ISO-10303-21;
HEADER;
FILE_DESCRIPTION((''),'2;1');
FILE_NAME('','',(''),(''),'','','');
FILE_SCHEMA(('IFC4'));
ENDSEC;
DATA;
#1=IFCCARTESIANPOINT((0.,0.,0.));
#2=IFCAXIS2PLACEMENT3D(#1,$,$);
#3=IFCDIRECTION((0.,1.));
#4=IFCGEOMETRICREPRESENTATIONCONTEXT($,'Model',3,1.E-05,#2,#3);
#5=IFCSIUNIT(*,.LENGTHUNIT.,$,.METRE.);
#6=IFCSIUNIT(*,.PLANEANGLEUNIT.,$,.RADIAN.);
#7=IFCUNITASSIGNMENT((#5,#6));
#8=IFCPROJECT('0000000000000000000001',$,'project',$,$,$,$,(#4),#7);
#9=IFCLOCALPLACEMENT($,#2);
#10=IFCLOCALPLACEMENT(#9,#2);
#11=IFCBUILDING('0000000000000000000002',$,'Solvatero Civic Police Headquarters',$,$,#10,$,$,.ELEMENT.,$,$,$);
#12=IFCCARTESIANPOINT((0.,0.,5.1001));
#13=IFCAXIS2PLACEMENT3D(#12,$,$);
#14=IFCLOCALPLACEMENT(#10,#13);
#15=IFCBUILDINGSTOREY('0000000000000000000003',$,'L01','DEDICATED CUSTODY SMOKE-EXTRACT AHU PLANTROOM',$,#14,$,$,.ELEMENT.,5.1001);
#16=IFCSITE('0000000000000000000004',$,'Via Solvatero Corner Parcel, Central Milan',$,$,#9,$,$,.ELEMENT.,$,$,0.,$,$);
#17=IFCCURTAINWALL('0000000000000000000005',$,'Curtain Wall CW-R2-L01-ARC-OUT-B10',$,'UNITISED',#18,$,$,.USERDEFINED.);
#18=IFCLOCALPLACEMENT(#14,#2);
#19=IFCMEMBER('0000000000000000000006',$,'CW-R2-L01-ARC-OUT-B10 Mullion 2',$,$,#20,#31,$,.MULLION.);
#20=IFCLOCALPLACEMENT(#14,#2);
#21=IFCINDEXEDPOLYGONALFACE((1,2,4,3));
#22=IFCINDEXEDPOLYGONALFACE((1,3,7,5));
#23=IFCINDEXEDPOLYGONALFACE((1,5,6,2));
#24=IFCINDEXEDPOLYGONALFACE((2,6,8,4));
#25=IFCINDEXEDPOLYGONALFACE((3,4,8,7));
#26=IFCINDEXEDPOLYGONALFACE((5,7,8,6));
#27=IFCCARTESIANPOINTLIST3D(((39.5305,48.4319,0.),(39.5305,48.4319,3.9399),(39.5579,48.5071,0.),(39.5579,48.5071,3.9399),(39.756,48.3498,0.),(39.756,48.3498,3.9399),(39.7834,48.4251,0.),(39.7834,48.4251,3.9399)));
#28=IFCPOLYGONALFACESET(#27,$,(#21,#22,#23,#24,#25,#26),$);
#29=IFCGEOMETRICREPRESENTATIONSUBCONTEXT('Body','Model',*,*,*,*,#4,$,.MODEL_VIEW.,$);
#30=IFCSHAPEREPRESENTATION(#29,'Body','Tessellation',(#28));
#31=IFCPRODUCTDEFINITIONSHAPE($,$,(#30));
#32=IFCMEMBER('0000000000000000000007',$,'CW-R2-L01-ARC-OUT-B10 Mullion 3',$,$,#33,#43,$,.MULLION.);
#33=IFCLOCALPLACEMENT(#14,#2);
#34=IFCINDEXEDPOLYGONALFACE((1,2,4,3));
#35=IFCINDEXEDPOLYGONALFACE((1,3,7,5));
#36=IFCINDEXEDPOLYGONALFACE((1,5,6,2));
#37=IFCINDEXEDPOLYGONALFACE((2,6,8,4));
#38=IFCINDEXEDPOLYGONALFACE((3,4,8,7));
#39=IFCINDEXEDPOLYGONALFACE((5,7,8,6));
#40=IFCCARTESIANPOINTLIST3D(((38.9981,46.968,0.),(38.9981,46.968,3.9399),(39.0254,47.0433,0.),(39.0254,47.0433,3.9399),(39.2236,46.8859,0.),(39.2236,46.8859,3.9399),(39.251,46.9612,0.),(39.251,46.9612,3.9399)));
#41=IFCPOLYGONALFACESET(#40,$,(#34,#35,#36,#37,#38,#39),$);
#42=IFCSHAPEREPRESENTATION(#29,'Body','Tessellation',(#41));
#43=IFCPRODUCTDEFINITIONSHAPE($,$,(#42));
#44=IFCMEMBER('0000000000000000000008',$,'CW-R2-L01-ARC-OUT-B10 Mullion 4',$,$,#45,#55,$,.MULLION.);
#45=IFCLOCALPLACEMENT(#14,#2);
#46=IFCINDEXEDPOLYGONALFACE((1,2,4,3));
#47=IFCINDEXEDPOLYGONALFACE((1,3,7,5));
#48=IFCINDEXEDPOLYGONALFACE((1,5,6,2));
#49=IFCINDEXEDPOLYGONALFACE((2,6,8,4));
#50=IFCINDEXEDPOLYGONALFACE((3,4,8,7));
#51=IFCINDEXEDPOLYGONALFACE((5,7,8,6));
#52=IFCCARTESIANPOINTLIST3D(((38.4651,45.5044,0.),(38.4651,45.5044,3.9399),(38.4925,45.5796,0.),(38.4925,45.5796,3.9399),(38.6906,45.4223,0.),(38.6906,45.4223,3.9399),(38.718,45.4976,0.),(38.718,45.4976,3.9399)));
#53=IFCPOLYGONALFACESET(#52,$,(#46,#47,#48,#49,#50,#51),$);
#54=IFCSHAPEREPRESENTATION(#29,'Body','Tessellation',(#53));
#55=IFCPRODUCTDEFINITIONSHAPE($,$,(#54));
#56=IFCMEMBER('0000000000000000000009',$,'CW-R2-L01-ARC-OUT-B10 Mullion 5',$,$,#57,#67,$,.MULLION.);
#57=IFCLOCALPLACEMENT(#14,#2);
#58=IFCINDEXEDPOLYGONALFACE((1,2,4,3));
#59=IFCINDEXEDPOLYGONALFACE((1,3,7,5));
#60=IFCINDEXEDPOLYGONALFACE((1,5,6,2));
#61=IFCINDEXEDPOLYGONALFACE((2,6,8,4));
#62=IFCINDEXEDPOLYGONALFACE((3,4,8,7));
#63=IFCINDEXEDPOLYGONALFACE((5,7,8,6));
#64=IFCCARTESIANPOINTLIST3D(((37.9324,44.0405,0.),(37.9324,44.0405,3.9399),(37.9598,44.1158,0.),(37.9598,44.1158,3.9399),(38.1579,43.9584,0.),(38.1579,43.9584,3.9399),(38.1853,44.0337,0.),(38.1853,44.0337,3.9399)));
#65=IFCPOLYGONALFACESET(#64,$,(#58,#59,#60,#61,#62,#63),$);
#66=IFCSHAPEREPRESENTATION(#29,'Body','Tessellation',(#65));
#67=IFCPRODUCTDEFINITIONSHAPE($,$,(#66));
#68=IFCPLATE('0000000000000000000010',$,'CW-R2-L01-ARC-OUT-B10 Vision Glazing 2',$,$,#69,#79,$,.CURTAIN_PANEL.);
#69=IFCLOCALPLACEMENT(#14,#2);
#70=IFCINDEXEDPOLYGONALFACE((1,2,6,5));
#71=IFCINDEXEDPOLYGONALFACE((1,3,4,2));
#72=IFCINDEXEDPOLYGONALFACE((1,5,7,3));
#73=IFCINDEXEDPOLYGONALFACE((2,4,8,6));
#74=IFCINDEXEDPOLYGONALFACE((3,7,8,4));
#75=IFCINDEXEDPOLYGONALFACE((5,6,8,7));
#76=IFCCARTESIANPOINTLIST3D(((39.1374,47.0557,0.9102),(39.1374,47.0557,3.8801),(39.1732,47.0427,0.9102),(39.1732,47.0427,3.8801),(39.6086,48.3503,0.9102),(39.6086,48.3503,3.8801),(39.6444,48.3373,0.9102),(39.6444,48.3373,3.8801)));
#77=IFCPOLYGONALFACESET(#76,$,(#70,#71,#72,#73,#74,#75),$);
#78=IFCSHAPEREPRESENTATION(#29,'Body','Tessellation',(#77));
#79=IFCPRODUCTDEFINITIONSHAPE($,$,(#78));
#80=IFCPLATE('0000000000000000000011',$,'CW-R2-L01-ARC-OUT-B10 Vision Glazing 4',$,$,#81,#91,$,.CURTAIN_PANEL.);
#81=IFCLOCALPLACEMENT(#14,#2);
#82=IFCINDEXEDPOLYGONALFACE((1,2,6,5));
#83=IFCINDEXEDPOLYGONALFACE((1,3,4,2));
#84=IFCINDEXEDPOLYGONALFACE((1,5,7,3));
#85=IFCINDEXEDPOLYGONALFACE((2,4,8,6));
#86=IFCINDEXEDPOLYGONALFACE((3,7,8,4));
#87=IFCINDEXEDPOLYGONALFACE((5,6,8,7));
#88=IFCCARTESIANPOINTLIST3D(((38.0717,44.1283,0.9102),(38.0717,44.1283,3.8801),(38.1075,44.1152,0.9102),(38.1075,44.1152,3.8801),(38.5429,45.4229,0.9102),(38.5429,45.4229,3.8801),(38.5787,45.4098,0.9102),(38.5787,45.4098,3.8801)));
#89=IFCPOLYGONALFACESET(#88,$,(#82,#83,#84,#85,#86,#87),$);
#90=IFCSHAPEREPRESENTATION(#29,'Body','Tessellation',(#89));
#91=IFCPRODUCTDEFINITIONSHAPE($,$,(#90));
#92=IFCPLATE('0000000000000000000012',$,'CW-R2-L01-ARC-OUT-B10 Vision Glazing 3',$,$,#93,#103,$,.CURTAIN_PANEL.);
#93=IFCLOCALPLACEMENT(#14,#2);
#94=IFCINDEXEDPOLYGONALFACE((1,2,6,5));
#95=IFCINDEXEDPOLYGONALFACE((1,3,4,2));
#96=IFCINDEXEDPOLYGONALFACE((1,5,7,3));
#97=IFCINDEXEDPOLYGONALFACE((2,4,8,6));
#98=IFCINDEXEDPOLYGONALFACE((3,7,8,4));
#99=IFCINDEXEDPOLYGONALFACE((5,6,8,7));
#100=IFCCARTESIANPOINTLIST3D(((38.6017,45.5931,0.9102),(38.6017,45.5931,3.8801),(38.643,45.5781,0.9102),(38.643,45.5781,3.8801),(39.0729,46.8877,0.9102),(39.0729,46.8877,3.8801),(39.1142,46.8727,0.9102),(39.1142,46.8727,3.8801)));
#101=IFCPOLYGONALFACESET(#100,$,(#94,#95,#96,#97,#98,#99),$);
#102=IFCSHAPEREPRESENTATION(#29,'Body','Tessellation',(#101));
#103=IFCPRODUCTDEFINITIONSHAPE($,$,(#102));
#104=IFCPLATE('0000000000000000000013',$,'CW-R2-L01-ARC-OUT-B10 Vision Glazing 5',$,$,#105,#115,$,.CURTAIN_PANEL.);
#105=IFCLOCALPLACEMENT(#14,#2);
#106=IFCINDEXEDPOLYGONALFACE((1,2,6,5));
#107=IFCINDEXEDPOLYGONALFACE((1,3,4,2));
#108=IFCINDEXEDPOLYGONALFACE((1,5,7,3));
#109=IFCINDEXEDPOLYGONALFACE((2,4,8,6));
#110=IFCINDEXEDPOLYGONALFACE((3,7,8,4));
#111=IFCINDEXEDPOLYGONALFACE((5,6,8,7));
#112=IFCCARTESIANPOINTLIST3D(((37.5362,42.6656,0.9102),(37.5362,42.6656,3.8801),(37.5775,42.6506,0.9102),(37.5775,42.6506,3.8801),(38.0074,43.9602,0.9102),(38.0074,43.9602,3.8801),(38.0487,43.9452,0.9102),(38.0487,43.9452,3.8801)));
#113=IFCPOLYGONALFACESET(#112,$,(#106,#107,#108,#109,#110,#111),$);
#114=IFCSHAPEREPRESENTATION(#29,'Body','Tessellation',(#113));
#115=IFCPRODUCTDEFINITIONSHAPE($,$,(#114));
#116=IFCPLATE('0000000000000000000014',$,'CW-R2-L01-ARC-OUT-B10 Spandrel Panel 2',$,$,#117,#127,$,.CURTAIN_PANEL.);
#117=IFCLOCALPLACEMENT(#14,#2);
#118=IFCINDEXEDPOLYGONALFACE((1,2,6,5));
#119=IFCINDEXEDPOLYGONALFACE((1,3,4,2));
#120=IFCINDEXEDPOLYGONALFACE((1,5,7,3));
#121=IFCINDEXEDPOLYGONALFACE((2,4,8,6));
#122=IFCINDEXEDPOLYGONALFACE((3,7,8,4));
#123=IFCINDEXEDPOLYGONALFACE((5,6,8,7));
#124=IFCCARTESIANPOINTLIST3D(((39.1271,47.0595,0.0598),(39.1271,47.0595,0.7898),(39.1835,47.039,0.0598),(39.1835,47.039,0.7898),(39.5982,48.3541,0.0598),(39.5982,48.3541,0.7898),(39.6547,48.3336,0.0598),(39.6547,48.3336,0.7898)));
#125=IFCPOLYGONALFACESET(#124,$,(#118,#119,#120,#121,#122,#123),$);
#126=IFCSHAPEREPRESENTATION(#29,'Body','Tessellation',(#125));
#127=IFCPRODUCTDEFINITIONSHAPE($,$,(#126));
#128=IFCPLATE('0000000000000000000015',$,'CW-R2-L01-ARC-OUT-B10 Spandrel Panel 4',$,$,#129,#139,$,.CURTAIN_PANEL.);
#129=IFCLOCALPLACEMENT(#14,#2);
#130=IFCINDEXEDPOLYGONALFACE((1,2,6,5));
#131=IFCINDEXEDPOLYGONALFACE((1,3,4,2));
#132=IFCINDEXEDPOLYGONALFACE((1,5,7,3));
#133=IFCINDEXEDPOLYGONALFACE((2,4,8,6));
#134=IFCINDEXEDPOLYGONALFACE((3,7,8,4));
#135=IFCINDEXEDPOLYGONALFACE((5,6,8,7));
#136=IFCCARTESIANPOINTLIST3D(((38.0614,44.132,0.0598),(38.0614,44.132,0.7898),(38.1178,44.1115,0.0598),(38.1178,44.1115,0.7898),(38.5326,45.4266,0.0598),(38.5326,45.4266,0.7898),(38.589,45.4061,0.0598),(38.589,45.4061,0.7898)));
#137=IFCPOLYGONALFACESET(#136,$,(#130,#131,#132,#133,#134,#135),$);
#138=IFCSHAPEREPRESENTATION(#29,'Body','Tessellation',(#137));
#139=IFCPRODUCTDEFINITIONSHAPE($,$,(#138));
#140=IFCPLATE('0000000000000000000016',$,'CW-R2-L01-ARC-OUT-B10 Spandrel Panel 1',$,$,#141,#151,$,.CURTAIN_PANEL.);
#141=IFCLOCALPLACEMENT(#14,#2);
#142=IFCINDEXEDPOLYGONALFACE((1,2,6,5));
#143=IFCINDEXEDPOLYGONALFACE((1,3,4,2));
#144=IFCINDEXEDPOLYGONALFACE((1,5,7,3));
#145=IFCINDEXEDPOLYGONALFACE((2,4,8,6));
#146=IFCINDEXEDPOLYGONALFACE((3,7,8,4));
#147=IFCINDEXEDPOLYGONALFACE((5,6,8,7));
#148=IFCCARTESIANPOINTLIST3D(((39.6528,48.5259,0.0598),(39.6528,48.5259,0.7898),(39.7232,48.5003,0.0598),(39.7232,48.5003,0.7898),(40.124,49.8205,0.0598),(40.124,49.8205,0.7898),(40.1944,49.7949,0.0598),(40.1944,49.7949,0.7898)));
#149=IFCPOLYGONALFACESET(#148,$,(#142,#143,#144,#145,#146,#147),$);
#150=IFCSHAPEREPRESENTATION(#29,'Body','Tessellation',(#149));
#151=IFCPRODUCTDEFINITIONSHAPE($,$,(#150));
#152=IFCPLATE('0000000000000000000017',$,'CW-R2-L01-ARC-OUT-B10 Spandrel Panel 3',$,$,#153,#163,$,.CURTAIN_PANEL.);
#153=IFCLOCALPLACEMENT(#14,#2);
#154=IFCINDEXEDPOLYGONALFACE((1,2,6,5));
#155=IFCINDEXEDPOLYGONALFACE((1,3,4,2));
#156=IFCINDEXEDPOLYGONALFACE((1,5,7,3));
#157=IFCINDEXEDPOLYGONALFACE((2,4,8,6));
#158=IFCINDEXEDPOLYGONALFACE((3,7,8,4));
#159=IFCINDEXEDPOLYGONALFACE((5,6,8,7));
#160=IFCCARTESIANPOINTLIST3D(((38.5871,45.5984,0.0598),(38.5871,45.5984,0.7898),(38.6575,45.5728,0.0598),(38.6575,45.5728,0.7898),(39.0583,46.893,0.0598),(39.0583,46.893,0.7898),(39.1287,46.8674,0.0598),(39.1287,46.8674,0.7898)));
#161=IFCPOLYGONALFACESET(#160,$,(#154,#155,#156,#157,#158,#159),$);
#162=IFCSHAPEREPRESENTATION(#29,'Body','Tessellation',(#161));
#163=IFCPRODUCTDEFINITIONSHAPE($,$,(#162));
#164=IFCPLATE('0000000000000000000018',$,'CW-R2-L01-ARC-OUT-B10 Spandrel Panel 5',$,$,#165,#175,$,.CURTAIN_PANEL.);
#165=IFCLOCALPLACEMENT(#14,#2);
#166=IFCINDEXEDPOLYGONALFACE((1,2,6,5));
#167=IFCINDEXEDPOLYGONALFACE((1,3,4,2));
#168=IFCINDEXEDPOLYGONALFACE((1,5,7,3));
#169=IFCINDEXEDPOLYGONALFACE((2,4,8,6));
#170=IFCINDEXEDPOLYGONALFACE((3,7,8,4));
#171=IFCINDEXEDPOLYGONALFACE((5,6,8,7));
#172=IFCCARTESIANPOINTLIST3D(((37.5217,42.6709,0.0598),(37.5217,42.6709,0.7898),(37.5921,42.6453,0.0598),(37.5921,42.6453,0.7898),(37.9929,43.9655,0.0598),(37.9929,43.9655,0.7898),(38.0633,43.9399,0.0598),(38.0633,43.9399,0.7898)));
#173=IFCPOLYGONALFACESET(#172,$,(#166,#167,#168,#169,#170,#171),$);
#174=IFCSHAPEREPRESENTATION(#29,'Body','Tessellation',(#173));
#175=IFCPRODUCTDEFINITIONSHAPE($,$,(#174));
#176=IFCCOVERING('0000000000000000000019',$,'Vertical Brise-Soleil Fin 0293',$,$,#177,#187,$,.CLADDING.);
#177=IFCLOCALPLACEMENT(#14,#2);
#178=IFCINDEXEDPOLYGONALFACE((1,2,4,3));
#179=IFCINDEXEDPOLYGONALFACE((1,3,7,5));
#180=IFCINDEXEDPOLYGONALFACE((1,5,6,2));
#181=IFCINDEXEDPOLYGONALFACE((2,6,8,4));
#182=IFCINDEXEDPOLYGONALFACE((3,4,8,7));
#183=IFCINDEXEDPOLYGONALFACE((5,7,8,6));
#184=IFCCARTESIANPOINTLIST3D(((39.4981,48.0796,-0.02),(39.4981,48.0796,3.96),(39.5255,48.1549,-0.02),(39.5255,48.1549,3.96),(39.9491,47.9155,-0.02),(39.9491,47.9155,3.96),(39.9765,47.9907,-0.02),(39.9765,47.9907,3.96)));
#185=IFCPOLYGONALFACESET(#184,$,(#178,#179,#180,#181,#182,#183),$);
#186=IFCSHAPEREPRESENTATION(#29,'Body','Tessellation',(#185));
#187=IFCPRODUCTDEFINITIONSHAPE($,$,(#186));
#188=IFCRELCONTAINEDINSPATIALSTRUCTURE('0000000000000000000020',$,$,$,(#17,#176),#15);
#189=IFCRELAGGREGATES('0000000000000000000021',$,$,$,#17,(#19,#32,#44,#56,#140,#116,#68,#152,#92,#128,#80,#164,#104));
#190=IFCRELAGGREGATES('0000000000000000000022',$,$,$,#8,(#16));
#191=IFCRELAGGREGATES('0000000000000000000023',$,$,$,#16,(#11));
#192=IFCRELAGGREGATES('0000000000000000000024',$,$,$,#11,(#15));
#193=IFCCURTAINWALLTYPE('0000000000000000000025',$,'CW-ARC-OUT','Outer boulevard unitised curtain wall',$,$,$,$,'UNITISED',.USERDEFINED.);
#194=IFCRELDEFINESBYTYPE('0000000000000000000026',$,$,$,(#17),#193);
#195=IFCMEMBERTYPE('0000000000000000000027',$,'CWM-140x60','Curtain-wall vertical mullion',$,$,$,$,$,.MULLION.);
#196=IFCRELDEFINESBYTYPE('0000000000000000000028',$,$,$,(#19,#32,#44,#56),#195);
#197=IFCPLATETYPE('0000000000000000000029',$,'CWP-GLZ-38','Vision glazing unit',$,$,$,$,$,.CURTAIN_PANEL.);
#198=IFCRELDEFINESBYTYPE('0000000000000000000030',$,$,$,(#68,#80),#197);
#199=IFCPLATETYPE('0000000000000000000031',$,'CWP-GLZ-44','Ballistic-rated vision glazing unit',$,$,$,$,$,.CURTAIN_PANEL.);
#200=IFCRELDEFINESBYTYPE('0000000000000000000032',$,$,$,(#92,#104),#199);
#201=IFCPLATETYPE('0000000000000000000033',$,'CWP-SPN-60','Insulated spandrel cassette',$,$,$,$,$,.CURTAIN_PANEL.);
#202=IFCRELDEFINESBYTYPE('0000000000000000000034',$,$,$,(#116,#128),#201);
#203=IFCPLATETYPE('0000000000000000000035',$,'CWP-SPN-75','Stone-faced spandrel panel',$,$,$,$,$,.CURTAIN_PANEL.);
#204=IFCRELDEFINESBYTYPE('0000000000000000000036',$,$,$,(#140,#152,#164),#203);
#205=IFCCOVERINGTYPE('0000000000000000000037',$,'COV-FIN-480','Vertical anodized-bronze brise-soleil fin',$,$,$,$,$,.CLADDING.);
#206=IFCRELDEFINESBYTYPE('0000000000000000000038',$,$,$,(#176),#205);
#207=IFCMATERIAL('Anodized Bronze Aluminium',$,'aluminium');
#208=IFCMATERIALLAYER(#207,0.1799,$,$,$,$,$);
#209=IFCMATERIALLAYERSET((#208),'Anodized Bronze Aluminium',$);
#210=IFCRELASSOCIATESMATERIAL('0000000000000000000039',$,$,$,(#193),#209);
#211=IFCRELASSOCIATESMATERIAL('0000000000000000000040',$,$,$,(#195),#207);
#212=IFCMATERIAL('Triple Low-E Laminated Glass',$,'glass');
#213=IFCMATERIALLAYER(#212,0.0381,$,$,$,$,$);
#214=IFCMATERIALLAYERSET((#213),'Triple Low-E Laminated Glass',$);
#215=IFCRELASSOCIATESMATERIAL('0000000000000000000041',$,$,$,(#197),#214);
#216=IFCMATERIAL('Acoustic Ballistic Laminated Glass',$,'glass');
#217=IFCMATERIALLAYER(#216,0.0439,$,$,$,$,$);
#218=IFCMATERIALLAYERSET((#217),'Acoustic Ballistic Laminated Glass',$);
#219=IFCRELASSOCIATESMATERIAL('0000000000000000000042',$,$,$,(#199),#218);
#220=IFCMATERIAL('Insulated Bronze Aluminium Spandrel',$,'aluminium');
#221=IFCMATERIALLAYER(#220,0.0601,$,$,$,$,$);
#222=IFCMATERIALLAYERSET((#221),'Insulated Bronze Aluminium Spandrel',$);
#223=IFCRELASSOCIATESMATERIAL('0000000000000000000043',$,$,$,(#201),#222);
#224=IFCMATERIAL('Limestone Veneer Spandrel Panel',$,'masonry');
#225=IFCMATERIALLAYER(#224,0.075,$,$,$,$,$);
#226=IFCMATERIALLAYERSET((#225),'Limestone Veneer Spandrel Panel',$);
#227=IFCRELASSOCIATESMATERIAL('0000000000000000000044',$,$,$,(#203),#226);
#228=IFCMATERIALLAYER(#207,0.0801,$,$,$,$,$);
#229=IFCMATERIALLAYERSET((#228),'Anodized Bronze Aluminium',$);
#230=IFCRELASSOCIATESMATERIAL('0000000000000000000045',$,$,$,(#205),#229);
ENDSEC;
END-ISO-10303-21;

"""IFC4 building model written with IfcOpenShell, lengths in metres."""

from ifc_helpers import new_model, si_unit, direction, frame, origin, origin_2d, place, context, subcontext, project, spatial, rectangle, extrude, material, layer, layer_set, material_profile, profile_set, type_object, element, aggregate, save


model = new_model("IFC4")

# Units and contexts
model_context = context("Model", 3, precision=1e-05, world=origin(), true_north=direction((0.0, 1.0)))
body_context = subcontext(model_context, "Body", "Model", "MODEL_VIEW")
ifc_project = project(units=[si_unit("LENGTHUNIT", "METRE"), si_unit("PLANEANGLEUNIT", "RADIAN")], contexts=[model_context])

# Site, building, storey
site_placement = place(None, origin())
site = spatial("IfcSite", under=ifc_project, at=site_placement, Name="Via Solvatero Corner Parcel, Central Milan", CompositionType="ELEMENT", RefElevation=0.0)
building_placement = place(site_placement, origin())
building = spatial("IfcBuilding", under=site, at=building_placement, Name="Solvatero Civic Police Headquarters", CompositionType="ELEMENT")
storey_placement = place(building_placement, frame((0.0, 0.0, 5.1001)))
storey = spatial("IfcBuildingStorey", under=building, at=storey_placement, Name="L01", Description="DEDICATED CUSTODY SMOKE-EXTRACT AHU PLANTROOM", CompositionType="ELEMENT", Elevation=5.1001)

# Curtain wall, members, plates
ifc_material_1 = material(Name="Anodized Bronze Aluminium", Category="aluminium")
ifc_layer_1 = layer(ifc_material_1, 0.1799)
ifc_layer_set_1 = layer_set([ifc_layer_1], Name="Anodized Bronze Aluminium")
curtain_wall_type = type_object("IfcCurtainWallType", Name="CW-ARC-OUT", Description="Outer boulevard unitised curtain wall", ElementType="UNITISED", PredefinedType="USERDEFINED", material=ifc_layer_set_1)
curtain_wall_placement = place(storey_placement, origin())
curtain_wall = element("IfcCurtainWall", 1, at=curtain_wall_placement, inside=storey, type_object=curtain_wall_type, Name="Curtain Wall CW-R2-L01-ARC-OUT-B10", ObjectType="UNITISED", PredefinedType="USERDEFINED")
ifc_material_profile = material_profile(ifc_material_1, rectangle(XDim=0.0801, YDim=0.24, at=origin_2d()), Name="ALU MULLION 80x240")
ifc_profile_set = profile_set([ifc_material_profile], Name="Anodized Bronze Aluminium")
member_type = type_object("IfcMemberType", Name="CWM-140x60", Description="Curtain-wall vertical mullion", PredefinedType="MULLION", material=ifc_profile_set)
member_1_placement = place(storey_placement, frame((39.657, 48.4285, 0.0), z_axis=(0.0, 0.0, 1.0), x_axis=(-0.34202, -0.939693, 0.0)))
member_1 = element("IfcMember", 2, at=member_1_placement, type_object=member_type, Name="CW-R2-L01-ARC-OUT-B10 Mullion 2", PredefinedType="MULLION", context=body_context, shape_type="SweptSolid", body=[
    extrude(rectangle(XDim=0.0801, YDim=0.24, at=origin_2d()), origin(), (0.0, 0.0, 1.0), 3.9399),
])
member_2_placement = place(storey_placement, frame((39.1245, 46.9646, 0.0), z_axis=(0.0, 0.0, 1.0), x_axis=(-0.34202, -0.939693, 0.0)))
member_2 = element("IfcMember", 3, at=member_2_placement, type_object=member_type, Name="CW-R2-L01-ARC-OUT-B10 Mullion 3", PredefinedType="MULLION", context=body_context, shape_type="SweptSolid", body=[
    extrude(rectangle(XDim=0.0801, YDim=0.24, at=origin_2d()), origin(), (0.0, 0.0, 1.0), 3.9399),
])
member_3_placement = place(storey_placement, frame((38.5916, 45.501, 0.0), z_axis=(0.0, 0.0, 1.0), x_axis=(-0.34202, -0.939693, 0.0)))
member_3 = element("IfcMember", 4, at=member_3_placement, type_object=member_type, Name="CW-R2-L01-ARC-OUT-B10 Mullion 4", PredefinedType="MULLION", context=body_context, shape_type="SweptSolid", body=[
    extrude(rectangle(XDim=0.0801, YDim=0.24, at=origin_2d()), origin(), (0.0, 0.0, 1.0), 3.9399),
])
member_4_placement = place(storey_placement, frame((38.0588, 44.0371, 0.0), z_axis=(0.0, 0.0, 1.0), x_axis=(-0.34202, -0.939693, 0.0)))
member_4 = element("IfcMember", 5, at=member_4_placement, type_object=member_type, Name="CW-R2-L01-ARC-OUT-B10 Mullion 5", PredefinedType="MULLION", context=body_context, shape_type="SweptSolid", body=[
    extrude(rectangle(XDim=0.0801, YDim=0.24, at=origin_2d()), origin(), (0.0, 0.0, 1.0), 3.9399),
])
ifc_material_2 = material(Name="Triple Low-E Laminated Glass", Category="glass")
ifc_layer_2 = layer(ifc_material_2, 0.0381)
ifc_layer_set_2 = layer_set([ifc_layer_2], Name="Triple Low-E Laminated Glass")
plate_type_1 = type_object("IfcPlateType", Name="CWP-GLZ-38", Description="Vision glazing unit", PredefinedType="CURTAIN_PANEL", material=ifc_layer_set_2)
plate_1_placement = place(storey_placement, frame((39.3909, 47.6965, 0.9102), z_axis=(0.0, 0.0, 1.0), x_axis=(-0.34202, -0.939693, 0.0)))
plate_1 = element("IfcPlate", 6, at=plate_1_placement, type_object=plate_type_1, Name="CW-R2-L01-ARC-OUT-B10 Vision Glazing 2", PredefinedType="CURTAIN_PANEL", context=body_context, shape_type="SweptSolid", body=[
    extrude(rectangle(XDim=1.3777, YDim=0.0381, at=origin_2d()), origin(), (0.0, 0.0, 1.0), 2.97),
])
plate_2_placement = place(storey_placement, frame((38.3252, 44.769, 0.9102), z_axis=(0.0, 0.0, 1.0), x_axis=(-0.34202, -0.939693, 0.0)))
plate_2 = element("IfcPlate", 7, at=plate_2_placement, type_object=plate_type_1, Name="CW-R2-L01-ARC-OUT-B10 Vision Glazing 4", PredefinedType="CURTAIN_PANEL", context=body_context, shape_type="SweptSolid", body=[
    extrude(rectangle(XDim=1.3777, YDim=0.0381, at=origin_2d()), origin(), (0.0, 0.0, 1.0), 2.97),
])
ifc_material_3 = material(Name="Acoustic Ballistic Laminated Glass", Category="glass")
ifc_layer_3 = layer(ifc_material_3, 0.0439)
ifc_layer_set_3 = layer_set([ifc_layer_3], Name="Acoustic Ballistic Laminated Glass")
plate_type_2 = type_object("IfcPlateType", Name="CWP-GLZ-44", Description="Ballistic-rated vision glazing unit", PredefinedType="CURTAIN_PANEL", material=ifc_layer_set_3)
plate_3_placement = place(storey_placement, frame((38.8579, 46.2329, 0.9102), z_axis=(0.0, 0.0, 1.0), x_axis=(-0.34202, -0.939693, 0.0)))
plate_3 = element("IfcPlate", 8, at=plate_3_placement, type_object=plate_type_2, Name="CW-R2-L01-ARC-OUT-B10 Vision Glazing 3", PredefinedType="CURTAIN_PANEL", context=body_context, shape_type="SweptSolid", body=[
    extrude(rectangle(XDim=1.3777, YDim=0.0439, at=origin_2d()), origin(), (0.0, 0.0, 1.0), 2.97),
])
plate_4_placement = place(storey_placement, frame((37.7925, 43.3054, 0.9102), z_axis=(0.0, 0.0, 1.0), x_axis=(-0.34202, -0.939693, 0.0)))
plate_4 = element("IfcPlate", 9, at=plate_4_placement, type_object=plate_type_2, Name="CW-R2-L01-ARC-OUT-B10 Vision Glazing 5", PredefinedType="CURTAIN_PANEL", context=body_context, shape_type="SweptSolid", body=[
    extrude(rectangle(XDim=1.3777, YDim=0.0439, at=origin_2d()), origin(), (0.0, 0.0, 1.0), 2.97),
])
ifc_material_4 = material(Name="Insulated Bronze Aluminium Spandrel", Category="aluminium")
ifc_layer_4 = layer(ifc_material_4, 0.0601)
ifc_layer_set_4 = layer_set([ifc_layer_4], Name="Insulated Bronze Aluminium Spandrel")
plate_type_3 = type_object("IfcPlateType", Name="CWP-SPN-60", Description="Insulated spandrel cassette", PredefinedType="CURTAIN_PANEL", material=ifc_layer_set_4)
plate_5_placement = place(storey_placement, frame((39.3909, 47.6965, 0.0598), z_axis=(0.0, 0.0, 1.0), x_axis=(-0.34202, -0.939693, 0.0)))
plate_5 = element("IfcPlate", 10, at=plate_5_placement, type_object=plate_type_3, Name="CW-R2-L01-ARC-OUT-B10 Spandrel Panel 2", PredefinedType="CURTAIN_PANEL", context=body_context, shape_type="SweptSolid", body=[
    extrude(rectangle(XDim=1.3777, YDim=0.0601, at=origin_2d()), origin(), (0.0, 0.0, 1.0), 0.73),
])
plate_6_placement = place(storey_placement, frame((38.3252, 44.769, 0.0598), z_axis=(0.0, 0.0, 1.0), x_axis=(-0.34202, -0.939693, 0.0)))
plate_6 = element("IfcPlate", 11, at=plate_6_placement, type_object=plate_type_3, Name="CW-R2-L01-ARC-OUT-B10 Spandrel Panel 4", PredefinedType="CURTAIN_PANEL", context=body_context, shape_type="SweptSolid", body=[
    extrude(rectangle(XDim=1.3777, YDim=0.0601, at=origin_2d()), origin(), (0.0, 0.0, 1.0), 0.73),
])
ifc_material_5 = material(Name="Limestone Veneer Spandrel Panel", Category="masonry")
ifc_layer_5 = layer(ifc_material_5, 0.075)
ifc_layer_set_5 = layer_set([ifc_layer_5], Name="Limestone Veneer Spandrel Panel")
plate_type_4 = type_object("IfcPlateType", Name="CWP-SPN-75", Description="Stone-faced spandrel panel", PredefinedType="CURTAIN_PANEL", material=ifc_layer_set_5)
plate_7_placement = place(storey_placement, frame((39.9236, 49.1604, 0.0598), z_axis=(0.0, 0.0, 1.0), x_axis=(-0.34202, -0.939693, 0.0)))
plate_7 = element("IfcPlate", 12, at=plate_7_placement, type_object=plate_type_4, Name="CW-R2-L01-ARC-OUT-B10 Spandrel Panel 1", PredefinedType="CURTAIN_PANEL", context=body_context, shape_type="SweptSolid", body=[
    extrude(rectangle(XDim=1.3777, YDim=0.075, at=origin_2d()), origin(), (0.0, 0.0, 1.0), 0.73),
])
plate_8_placement = place(storey_placement, frame((38.8579, 46.2329, 0.0598), z_axis=(0.0, 0.0, 1.0), x_axis=(-0.34202, -0.939693, 0.0)))
plate_8 = element("IfcPlate", 13, at=plate_8_placement, type_object=plate_type_4, Name="CW-R2-L01-ARC-OUT-B10 Spandrel Panel 3", PredefinedType="CURTAIN_PANEL", context=body_context, shape_type="SweptSolid", body=[
    extrude(rectangle(XDim=1.3777, YDim=0.075, at=origin_2d()), origin(), (0.0, 0.0, 1.0), 0.73),
])
plate_9_placement = place(storey_placement, frame((37.7925, 43.3054, 0.0598), z_axis=(0.0, 0.0, 1.0), x_axis=(-0.34202, -0.939693, 0.0)))
plate_9 = element("IfcPlate", 14, at=plate_9_placement, type_object=plate_type_4, Name="CW-R2-L01-ARC-OUT-B10 Spandrel Panel 5", PredefinedType="CURTAIN_PANEL", context=body_context, shape_type="SweptSolid", body=[
    extrude(rectangle(XDim=1.3777, YDim=0.075, at=origin_2d()), origin(), (0.0, 0.0, 1.0), 0.73),
])
aggregate(curtain_wall, [member_1, member_2, member_3, member_4, plate_7, plate_5, plate_1, plate_8, plate_3, plate_6, plate_2, plate_9, plate_4])

# Covering
ifc_layer_6 = layer(ifc_material_1, 0.0801)
ifc_layer_set_6 = layer_set([ifc_layer_6], Name="Anodized Bronze Aluminium")
covering_type = type_object("IfcCoveringType", Name="COV-FIN-480", Description="Vertical anodized-bronze brise-soleil fin", PredefinedType="CLADDING", material=ifc_layer_set_6)
for number, where, z_axis, x_axis, name in (
    (15, (39.7373, 48.0352, -0.02), (0.0, 0.0, 1.0), (-0.34202, -0.939693, 0.0), "Vertical Brise-Soleil Fin 0293"),
):
    element("IfcCovering", number, at=place(storey_placement, frame(where, z_axis=z_axis, x_axis=x_axis)), inside=storey, type_object=covering_type, Name=name, PredefinedType="CLADDING", context=body_context, shape_type="SweptSolid", body=[
        extrude(rectangle(XDim=0.0801, YDim=0.48, at=origin_2d()), origin(), (0.0, 0.0, 1.0), 3.98),
    ])

save(model, "model.ifc")
